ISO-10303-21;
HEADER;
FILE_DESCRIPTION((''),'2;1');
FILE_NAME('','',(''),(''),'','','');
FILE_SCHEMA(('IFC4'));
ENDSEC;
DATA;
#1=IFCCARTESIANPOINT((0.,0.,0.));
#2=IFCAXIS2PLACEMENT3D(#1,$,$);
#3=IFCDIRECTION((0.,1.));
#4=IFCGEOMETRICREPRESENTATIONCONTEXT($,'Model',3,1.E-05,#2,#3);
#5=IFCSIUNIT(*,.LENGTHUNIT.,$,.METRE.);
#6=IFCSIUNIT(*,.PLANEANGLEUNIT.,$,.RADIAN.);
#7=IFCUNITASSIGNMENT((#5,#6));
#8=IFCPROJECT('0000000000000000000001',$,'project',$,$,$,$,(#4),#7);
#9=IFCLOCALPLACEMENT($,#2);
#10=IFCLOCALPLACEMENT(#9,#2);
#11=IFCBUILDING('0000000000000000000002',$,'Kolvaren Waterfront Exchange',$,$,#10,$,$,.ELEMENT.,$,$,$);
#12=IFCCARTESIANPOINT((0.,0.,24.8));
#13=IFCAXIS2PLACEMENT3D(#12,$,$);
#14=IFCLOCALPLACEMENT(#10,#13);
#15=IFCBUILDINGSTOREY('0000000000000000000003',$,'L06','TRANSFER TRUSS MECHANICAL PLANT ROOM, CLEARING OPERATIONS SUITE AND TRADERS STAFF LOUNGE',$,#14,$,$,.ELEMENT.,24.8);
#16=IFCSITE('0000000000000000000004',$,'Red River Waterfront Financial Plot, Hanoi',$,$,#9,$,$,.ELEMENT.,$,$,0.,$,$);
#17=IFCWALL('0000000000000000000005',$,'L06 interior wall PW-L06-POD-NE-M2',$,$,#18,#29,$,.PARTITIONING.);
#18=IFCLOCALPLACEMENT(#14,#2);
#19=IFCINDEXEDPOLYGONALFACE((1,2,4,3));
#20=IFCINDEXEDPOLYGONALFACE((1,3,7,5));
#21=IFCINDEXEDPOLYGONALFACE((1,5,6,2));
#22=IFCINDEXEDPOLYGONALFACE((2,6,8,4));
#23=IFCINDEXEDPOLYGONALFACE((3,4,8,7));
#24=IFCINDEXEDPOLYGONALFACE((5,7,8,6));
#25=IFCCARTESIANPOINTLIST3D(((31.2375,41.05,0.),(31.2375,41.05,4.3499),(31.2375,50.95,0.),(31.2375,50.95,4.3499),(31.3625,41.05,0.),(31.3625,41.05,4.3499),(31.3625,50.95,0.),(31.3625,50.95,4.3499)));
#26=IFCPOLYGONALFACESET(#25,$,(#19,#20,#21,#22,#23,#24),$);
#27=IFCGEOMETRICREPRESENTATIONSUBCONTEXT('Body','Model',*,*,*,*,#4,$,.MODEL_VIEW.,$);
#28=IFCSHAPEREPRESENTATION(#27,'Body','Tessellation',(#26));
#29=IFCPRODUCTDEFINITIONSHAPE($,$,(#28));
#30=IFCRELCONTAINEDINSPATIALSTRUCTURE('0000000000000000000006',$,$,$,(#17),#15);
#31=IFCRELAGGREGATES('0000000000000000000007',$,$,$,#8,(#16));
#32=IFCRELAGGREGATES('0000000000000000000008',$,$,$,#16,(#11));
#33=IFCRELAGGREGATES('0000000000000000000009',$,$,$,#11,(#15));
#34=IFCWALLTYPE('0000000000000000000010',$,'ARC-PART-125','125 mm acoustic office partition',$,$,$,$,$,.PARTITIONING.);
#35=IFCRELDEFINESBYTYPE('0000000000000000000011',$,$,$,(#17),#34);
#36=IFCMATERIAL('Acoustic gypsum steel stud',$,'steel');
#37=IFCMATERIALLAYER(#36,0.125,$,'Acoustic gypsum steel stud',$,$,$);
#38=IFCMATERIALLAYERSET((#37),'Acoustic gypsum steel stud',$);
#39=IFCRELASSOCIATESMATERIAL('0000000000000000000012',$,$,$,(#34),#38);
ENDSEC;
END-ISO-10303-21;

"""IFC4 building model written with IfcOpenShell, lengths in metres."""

from ifc_helpers import new_model, si_unit, direction, frame, frame_2d, origin, place, context, subcontext, project, spatial, rectangle, extrude, material, layer, layer_set, type_object, element, save


model = new_model("IFC4")

# Units and contexts
model_context = context("Model", 3, precision=1e-05, world=origin(), true_north=direction((0.0, 1.0)))
body_context = subcontext(model_context, "Body", "Model", "MODEL_VIEW")
ifc_project = project(units=[si_unit("LENGTHUNIT", "METRE"), si_unit("PLANEANGLEUNIT", "RADIAN")], contexts=[model_context])

# Site, building, storey
site_placement = place(None, origin())
site = spatial("IfcSite", under=ifc_project, at=site_placement, Name="Red River Waterfront Financial Plot, Hanoi", CompositionType="ELEMENT", RefElevation=0.0)
building_placement = place(site_placement, origin())
building = spatial("IfcBuilding", under=site, at=building_placement, Name="Kolvaren Waterfront Exchange", CompositionType="ELEMENT")
storey_placement = place(building_placement, frame((0.0, 0.0, 24.8)))
storey = spatial("IfcBuildingStorey", under=building, at=storey_placement, Name="L06", Description="TRANSFER TRUSS MECHANICAL PLANT ROOM, CLEARING OPERATIONS SUITE AND TRADERS STAFF LOUNGE", CompositionType="ELEMENT", Elevation=24.8)

# Wall
ifc_material_1 = material(Name="Acoustic gypsum steel stud", Category="steel")
ifc_layer_1 = layer(ifc_material_1, 0.125, Name="Acoustic gypsum steel stud")
ifc_layer_set_1 = layer_set([ifc_layer_1], Name="Acoustic gypsum steel stud")
wall_type = type_object("IfcWallType", Name="ARC-PART-125", Description="125 mm acoustic office partition", PredefinedType="PARTITIONING", material=ifc_layer_set_1)
wall_placement = place(storey_placement, frame((31.3, 41.05, 0.0), z_axis=(0.0, 0.0, 1.0), x_axis=(0.0, 1.0, 0.0)))
element("IfcWall", 1, at=wall_placement, inside=storey, type_object=wall_type, Name="L06 interior wall PW-L06-POD-NE-M2", PredefinedType="PARTITIONING", context=body_context, shape_type="SweptSolid", body=[
    extrude(rectangle(XDim=9.8999, YDim=0.125, at=frame_2d((4.95, 0.0))), origin(), (0.0, 0.0, 1.0), 4.3499),
])

save(model, "model.ifc")
